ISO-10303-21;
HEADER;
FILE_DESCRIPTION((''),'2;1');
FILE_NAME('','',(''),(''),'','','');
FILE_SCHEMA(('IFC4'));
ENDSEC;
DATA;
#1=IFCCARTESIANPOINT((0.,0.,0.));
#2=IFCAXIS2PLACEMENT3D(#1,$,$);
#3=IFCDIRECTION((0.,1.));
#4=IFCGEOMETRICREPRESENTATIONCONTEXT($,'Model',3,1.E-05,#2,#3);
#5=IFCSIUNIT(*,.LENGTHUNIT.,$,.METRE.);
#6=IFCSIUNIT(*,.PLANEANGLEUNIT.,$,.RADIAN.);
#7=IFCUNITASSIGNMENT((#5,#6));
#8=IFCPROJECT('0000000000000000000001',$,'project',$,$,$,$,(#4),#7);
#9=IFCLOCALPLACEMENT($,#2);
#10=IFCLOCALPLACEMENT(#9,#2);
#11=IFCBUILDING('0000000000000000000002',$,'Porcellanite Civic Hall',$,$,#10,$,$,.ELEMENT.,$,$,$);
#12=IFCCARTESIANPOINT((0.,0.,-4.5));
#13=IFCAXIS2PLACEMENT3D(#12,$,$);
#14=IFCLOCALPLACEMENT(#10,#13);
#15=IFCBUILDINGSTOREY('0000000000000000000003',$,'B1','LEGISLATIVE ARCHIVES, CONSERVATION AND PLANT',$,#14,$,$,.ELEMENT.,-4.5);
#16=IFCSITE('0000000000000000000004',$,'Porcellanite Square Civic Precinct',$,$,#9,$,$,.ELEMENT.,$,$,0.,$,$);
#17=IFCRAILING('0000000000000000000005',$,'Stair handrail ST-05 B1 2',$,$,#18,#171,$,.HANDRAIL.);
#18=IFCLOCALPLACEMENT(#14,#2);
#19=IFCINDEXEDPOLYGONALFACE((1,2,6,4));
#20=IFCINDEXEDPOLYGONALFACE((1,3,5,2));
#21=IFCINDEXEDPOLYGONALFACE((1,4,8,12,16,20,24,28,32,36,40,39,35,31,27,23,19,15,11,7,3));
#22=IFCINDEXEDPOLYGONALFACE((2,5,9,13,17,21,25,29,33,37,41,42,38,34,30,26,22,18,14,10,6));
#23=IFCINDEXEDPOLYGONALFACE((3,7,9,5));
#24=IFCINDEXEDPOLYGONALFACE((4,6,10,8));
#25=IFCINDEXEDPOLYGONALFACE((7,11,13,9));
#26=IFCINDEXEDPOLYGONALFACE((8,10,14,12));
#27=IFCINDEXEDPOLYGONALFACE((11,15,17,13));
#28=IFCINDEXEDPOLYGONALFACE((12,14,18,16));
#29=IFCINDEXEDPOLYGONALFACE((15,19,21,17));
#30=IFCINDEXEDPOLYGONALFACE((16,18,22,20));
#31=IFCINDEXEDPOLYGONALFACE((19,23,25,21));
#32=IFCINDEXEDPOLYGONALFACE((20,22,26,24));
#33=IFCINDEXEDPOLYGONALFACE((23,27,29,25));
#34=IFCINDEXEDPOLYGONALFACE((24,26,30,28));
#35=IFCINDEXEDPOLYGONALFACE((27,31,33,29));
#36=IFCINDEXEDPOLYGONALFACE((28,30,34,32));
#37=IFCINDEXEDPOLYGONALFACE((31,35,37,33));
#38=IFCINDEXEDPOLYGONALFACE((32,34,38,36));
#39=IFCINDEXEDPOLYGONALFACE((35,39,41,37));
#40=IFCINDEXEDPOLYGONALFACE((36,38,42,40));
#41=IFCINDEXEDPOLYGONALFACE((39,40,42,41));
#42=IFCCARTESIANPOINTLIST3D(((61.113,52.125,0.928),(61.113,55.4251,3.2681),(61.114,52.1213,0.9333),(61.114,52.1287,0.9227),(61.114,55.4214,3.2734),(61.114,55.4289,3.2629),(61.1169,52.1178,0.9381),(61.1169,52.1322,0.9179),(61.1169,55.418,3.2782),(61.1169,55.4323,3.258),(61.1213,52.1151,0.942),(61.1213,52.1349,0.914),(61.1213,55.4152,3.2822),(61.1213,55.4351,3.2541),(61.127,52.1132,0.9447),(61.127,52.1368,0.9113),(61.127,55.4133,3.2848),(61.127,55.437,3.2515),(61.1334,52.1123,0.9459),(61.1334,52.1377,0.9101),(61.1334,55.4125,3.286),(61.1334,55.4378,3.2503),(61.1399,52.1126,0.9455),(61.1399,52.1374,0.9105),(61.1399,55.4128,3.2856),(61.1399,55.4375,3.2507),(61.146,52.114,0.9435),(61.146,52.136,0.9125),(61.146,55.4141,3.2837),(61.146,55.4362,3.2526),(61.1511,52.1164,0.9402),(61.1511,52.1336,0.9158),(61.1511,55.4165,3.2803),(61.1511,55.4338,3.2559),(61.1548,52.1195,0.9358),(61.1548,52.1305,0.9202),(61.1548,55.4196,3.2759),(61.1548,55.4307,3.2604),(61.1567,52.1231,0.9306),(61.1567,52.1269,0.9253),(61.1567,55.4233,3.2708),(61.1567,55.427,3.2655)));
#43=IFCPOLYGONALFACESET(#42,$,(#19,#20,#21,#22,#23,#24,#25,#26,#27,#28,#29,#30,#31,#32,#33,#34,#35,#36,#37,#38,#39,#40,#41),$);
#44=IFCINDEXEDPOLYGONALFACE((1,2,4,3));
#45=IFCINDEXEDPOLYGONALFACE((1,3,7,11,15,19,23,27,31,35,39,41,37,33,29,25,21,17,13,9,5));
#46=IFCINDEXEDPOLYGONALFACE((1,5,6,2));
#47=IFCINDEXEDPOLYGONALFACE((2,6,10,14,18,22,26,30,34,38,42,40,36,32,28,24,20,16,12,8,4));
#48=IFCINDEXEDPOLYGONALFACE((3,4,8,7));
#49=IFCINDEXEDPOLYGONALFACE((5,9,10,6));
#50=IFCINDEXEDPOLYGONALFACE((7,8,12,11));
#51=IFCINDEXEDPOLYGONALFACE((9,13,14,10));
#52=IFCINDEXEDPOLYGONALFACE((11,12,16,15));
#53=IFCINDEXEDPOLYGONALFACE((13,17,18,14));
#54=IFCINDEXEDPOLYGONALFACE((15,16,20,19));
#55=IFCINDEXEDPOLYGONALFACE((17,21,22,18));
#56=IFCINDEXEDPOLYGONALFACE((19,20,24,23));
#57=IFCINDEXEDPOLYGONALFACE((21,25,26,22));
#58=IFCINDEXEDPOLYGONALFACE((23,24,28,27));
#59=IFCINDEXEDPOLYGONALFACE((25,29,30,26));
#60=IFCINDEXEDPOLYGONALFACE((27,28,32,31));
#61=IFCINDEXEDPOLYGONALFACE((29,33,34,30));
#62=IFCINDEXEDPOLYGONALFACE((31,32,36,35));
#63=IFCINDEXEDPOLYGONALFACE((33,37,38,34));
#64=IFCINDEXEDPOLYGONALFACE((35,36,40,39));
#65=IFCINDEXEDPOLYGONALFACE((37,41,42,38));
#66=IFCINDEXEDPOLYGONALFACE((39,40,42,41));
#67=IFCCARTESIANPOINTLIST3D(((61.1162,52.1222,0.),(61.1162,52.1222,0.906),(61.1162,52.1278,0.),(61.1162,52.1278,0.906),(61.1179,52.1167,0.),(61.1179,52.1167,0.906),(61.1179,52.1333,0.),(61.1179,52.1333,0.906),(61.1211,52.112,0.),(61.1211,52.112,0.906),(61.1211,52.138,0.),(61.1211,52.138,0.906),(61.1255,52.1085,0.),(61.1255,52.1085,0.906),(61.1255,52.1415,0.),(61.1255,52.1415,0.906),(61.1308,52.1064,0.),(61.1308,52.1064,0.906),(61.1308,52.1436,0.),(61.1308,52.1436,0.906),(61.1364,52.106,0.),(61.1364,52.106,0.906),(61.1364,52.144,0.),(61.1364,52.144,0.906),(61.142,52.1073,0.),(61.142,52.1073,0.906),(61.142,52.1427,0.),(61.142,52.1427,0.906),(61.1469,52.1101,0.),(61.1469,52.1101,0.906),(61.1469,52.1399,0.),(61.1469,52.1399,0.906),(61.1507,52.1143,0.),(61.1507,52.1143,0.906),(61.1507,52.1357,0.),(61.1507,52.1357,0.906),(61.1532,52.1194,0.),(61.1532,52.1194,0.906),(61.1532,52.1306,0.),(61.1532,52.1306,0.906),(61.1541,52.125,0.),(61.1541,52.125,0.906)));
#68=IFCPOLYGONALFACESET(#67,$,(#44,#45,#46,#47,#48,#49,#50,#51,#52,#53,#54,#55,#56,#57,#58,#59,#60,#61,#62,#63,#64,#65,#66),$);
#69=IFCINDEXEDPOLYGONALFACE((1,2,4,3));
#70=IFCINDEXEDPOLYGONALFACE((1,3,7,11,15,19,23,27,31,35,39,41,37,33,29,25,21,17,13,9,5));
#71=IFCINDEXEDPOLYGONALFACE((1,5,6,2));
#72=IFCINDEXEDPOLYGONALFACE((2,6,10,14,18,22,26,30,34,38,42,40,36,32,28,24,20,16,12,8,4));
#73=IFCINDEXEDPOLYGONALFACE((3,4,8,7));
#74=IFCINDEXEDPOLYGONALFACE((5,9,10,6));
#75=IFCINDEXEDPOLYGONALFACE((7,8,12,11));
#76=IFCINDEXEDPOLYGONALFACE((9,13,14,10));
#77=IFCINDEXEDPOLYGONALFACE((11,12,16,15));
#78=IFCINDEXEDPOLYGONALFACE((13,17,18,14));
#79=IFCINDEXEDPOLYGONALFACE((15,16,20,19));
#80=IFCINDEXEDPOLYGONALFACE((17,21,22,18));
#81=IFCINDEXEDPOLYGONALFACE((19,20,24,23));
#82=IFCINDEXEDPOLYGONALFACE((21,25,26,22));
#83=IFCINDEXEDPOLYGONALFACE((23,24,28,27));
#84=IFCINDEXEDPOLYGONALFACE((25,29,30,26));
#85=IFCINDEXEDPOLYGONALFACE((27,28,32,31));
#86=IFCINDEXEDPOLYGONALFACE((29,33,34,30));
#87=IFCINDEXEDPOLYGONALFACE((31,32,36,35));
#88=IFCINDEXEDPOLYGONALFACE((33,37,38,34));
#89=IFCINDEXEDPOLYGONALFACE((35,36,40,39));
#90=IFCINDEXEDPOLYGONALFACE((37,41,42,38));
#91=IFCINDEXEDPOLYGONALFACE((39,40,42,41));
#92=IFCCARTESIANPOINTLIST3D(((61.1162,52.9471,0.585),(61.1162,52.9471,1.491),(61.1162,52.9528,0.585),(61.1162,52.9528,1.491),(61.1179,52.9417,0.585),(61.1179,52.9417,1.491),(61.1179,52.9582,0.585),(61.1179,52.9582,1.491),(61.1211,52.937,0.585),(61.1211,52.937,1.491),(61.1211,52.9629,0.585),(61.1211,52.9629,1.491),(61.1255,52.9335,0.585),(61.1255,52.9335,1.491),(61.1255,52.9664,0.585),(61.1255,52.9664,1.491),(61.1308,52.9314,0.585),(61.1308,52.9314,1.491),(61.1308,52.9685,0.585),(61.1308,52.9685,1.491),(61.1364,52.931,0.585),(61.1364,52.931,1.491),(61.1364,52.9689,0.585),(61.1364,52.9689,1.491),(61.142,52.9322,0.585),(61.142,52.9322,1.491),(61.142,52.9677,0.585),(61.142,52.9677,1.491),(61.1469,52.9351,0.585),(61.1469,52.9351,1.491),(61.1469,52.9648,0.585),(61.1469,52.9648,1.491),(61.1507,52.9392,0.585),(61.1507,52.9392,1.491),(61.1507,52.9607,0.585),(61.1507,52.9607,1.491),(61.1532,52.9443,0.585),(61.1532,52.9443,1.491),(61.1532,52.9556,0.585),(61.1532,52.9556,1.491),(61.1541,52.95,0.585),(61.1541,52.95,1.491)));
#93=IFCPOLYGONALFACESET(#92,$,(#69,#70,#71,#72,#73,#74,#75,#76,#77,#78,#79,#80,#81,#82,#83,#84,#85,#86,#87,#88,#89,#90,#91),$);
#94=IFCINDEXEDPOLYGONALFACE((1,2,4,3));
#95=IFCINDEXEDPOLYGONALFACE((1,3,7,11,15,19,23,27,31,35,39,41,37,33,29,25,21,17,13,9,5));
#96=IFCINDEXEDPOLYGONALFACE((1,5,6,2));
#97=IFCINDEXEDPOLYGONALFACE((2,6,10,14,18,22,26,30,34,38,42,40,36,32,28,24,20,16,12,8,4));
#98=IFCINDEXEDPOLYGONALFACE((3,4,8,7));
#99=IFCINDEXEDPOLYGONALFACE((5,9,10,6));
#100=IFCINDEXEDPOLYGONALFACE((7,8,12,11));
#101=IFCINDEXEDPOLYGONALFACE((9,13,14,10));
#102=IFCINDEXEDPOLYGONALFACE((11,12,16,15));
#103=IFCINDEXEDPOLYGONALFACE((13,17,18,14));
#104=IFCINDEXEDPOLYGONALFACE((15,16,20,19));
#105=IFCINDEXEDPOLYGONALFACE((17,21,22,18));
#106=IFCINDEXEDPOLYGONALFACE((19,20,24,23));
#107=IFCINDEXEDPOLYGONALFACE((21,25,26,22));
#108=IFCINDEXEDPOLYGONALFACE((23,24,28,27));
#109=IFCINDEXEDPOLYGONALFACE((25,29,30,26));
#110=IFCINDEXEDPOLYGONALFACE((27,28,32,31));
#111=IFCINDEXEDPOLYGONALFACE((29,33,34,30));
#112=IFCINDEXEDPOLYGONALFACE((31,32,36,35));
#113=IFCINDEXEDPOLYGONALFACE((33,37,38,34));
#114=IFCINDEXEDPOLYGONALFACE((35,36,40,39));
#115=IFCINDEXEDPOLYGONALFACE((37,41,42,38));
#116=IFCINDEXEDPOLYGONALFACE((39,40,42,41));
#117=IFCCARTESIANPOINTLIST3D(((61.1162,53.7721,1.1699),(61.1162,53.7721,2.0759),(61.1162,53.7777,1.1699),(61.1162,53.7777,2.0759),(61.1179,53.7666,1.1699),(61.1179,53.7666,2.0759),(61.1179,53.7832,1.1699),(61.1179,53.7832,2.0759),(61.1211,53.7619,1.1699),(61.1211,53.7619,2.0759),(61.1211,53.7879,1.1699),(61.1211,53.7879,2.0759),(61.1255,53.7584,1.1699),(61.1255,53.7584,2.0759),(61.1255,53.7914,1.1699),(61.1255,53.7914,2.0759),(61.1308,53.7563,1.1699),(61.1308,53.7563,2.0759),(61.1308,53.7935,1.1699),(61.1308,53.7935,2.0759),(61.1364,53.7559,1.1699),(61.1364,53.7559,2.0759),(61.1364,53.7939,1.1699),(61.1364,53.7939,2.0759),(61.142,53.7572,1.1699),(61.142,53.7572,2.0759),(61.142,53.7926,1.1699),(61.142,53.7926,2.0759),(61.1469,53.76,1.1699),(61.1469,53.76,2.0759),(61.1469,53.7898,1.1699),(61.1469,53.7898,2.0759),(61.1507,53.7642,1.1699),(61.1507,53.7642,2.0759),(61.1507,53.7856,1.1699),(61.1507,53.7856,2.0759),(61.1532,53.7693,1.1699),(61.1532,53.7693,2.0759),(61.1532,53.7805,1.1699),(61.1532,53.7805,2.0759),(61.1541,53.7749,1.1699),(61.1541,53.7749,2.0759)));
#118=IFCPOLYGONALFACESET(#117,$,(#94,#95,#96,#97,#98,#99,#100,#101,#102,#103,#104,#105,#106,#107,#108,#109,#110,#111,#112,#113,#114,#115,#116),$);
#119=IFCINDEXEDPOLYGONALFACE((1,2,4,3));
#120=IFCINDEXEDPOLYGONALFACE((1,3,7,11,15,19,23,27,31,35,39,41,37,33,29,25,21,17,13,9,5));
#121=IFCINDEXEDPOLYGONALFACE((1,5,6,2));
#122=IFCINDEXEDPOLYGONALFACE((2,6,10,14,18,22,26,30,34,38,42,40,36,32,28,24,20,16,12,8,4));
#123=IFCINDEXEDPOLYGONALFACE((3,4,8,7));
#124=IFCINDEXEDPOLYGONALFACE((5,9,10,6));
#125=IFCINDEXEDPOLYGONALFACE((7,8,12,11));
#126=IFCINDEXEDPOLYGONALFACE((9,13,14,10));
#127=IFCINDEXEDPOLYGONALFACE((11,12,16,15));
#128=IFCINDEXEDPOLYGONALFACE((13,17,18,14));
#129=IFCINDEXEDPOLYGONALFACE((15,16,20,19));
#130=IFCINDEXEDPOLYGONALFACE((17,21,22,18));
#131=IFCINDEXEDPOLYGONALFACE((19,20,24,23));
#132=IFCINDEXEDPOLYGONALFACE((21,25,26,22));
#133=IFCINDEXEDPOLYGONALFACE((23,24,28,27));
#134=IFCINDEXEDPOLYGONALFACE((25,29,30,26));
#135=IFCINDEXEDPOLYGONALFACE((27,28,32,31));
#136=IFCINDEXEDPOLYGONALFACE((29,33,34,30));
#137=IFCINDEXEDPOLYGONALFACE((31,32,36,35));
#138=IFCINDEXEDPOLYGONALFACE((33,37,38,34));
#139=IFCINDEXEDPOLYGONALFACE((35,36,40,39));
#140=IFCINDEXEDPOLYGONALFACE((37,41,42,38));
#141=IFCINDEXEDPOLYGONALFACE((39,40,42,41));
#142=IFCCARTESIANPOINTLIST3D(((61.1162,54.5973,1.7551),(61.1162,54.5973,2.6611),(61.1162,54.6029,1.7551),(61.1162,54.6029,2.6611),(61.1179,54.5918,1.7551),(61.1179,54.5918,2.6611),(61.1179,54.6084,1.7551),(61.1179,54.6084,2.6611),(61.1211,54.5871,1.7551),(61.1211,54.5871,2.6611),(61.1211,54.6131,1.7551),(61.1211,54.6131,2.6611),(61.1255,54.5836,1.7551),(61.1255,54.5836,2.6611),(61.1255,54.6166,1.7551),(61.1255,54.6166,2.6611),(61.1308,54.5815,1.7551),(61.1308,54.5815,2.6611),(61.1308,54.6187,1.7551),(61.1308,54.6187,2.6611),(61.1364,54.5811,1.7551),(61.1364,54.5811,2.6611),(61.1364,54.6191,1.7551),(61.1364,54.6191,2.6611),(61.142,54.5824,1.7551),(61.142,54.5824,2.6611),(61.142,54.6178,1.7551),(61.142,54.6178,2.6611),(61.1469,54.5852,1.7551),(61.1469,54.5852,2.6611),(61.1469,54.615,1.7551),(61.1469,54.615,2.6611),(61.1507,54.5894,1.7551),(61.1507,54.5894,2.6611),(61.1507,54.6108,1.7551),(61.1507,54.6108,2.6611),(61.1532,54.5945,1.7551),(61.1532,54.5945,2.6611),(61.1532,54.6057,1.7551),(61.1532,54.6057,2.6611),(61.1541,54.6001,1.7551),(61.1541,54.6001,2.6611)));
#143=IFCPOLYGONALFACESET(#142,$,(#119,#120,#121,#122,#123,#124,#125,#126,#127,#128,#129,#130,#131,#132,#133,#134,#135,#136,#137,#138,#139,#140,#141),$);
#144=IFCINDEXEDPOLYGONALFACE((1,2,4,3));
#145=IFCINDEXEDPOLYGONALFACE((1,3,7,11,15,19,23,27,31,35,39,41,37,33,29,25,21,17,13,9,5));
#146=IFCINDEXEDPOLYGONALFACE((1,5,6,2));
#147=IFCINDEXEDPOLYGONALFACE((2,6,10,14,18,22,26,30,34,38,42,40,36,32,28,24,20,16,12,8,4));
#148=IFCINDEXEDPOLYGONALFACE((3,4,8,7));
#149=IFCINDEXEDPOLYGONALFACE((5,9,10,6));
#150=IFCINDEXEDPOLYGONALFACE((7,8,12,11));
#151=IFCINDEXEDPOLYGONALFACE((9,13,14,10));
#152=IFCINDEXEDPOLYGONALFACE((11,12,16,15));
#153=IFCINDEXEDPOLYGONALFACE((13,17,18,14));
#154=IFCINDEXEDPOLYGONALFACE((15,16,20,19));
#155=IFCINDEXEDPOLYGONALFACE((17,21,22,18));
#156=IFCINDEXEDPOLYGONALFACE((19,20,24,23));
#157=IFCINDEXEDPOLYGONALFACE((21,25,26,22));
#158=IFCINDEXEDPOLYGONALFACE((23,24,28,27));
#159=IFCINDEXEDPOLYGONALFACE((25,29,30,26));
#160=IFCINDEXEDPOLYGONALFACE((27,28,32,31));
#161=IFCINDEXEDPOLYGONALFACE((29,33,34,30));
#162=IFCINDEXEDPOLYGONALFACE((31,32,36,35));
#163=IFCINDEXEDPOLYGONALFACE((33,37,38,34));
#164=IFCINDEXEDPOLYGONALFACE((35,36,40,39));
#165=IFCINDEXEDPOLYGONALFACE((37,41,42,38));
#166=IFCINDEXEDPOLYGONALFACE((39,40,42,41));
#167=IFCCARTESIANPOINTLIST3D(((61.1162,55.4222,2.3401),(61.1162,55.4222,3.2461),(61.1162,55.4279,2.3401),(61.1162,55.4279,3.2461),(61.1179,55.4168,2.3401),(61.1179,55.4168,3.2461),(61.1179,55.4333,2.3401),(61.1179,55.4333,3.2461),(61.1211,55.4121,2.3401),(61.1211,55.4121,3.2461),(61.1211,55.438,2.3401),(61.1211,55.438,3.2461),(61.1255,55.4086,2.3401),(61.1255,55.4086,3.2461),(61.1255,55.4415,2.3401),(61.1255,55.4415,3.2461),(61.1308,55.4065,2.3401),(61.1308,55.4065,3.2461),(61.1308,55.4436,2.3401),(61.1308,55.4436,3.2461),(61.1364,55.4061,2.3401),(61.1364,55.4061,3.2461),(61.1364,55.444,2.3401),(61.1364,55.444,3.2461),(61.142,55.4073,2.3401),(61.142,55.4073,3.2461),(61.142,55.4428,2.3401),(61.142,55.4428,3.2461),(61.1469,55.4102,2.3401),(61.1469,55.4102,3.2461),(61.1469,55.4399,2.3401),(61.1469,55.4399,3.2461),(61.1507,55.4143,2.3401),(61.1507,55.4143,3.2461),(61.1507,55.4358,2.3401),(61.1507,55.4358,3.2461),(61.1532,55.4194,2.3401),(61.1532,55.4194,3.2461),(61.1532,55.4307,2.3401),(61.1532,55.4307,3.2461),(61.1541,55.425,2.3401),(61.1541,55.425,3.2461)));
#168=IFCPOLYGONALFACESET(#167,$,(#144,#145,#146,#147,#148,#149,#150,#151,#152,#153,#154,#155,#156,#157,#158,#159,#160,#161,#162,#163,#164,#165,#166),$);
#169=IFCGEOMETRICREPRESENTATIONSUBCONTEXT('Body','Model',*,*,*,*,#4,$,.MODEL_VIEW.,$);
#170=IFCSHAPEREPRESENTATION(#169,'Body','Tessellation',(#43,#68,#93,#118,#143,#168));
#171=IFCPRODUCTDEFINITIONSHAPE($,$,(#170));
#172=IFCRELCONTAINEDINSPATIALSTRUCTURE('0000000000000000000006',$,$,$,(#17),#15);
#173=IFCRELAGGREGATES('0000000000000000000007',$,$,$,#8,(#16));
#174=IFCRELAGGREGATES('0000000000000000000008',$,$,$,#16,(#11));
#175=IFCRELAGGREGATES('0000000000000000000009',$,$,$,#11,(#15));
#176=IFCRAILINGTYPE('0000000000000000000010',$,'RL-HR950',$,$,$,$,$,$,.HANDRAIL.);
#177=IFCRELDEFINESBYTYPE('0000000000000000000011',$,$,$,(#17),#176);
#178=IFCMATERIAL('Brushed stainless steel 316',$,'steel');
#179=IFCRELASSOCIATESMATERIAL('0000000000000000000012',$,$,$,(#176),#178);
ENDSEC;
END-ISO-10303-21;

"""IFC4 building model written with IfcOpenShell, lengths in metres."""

from ifc_helpers import new_model, si_unit, direction, frame, origin, origin_2d, place, context, subcontext, project, spatial, circle, extrude, material, type_object, element, save


model = new_model("IFC4")

# Units and contexts
model_context = context("Model", 3, precision=1e-05, world=origin(), true_north=direction((0.0, 1.0)))
body_context = subcontext(model_context, "Body", "Model", "MODEL_VIEW")
ifc_project = project(units=[si_unit("LENGTHUNIT", "METRE"), si_unit("PLANEANGLEUNIT", "RADIAN")], contexts=[model_context])

# Site, building, storey
site_placement = place(None, origin())
site = spatial("IfcSite", under=ifc_project, at=site_placement, Name="Porcellanite Square Civic Precinct", CompositionType="ELEMENT", RefElevation=0.0)
building_placement = place(site_placement, origin())
building = spatial("IfcBuilding", under=site, at=building_placement, Name="Porcellanite Civic Hall", CompositionType="ELEMENT")
storey_placement = place(building_placement, frame((0.0, 0.0, -4.5)))
storey = spatial("IfcBuildingStorey", under=building, at=storey_placement, Name="B1", Description="LEGISLATIVE ARCHIVES, CONSERVATION AND PLANT", CompositionType="ELEMENT", Elevation=-4.5)

# Railing
ifc_material_1 = material(Name="Brushed stainless steel 316", Category="steel")
railing_type_1 = type_object("IfcRailingType", Name="RL-HR950", PredefinedType="HANDRAIL", material=ifc_material_1)
railing_1_placement = place(storey_placement, frame((61.135, 52.125, 0.0)))
element("IfcRailing", 1, at=railing_1_placement, inside=storey, type_object=railing_type_1, Name="Stair handrail ST-05 B1 2", PredefinedType="HANDRAIL", context=body_context, shape_type="SweptSolid", body=[
    extrude(circle(Radius=0.022, at=origin_2d()), frame((0.0, 0.0, 0.928), z_axis=(0.0, 0.815727, 0.578438), x_axis=(-1.0, 0.0, 0.0)), (0.0, 0.0, 1.0), 4.0457),
    extrude(circle(Radius=0.019, at=origin_2d()), origin(), (0.0, 0.0, 1.0), 0.906),
    extrude(circle(Radius=0.019, at=origin_2d()), frame((0.0, 0.825, 0.585)), (0.0, 0.0, 1.0), 0.906),
    extrude(circle(Radius=0.019, at=origin_2d()), frame((0.0, 1.6499, 1.1699)), (0.0, 0.0, 1.0), 0.906),
    extrude(circle(Radius=0.019, at=origin_2d()), frame((0.0, 2.4751, 1.7551)), (0.0, 0.0, 1.0), 0.906),
    extrude(circle(Radius=0.019, at=origin_2d()), frame((0.0, 3.3, 2.3401)), (0.0, 0.0, 1.0), 0.906),
])

save(model, "model.ifc")
